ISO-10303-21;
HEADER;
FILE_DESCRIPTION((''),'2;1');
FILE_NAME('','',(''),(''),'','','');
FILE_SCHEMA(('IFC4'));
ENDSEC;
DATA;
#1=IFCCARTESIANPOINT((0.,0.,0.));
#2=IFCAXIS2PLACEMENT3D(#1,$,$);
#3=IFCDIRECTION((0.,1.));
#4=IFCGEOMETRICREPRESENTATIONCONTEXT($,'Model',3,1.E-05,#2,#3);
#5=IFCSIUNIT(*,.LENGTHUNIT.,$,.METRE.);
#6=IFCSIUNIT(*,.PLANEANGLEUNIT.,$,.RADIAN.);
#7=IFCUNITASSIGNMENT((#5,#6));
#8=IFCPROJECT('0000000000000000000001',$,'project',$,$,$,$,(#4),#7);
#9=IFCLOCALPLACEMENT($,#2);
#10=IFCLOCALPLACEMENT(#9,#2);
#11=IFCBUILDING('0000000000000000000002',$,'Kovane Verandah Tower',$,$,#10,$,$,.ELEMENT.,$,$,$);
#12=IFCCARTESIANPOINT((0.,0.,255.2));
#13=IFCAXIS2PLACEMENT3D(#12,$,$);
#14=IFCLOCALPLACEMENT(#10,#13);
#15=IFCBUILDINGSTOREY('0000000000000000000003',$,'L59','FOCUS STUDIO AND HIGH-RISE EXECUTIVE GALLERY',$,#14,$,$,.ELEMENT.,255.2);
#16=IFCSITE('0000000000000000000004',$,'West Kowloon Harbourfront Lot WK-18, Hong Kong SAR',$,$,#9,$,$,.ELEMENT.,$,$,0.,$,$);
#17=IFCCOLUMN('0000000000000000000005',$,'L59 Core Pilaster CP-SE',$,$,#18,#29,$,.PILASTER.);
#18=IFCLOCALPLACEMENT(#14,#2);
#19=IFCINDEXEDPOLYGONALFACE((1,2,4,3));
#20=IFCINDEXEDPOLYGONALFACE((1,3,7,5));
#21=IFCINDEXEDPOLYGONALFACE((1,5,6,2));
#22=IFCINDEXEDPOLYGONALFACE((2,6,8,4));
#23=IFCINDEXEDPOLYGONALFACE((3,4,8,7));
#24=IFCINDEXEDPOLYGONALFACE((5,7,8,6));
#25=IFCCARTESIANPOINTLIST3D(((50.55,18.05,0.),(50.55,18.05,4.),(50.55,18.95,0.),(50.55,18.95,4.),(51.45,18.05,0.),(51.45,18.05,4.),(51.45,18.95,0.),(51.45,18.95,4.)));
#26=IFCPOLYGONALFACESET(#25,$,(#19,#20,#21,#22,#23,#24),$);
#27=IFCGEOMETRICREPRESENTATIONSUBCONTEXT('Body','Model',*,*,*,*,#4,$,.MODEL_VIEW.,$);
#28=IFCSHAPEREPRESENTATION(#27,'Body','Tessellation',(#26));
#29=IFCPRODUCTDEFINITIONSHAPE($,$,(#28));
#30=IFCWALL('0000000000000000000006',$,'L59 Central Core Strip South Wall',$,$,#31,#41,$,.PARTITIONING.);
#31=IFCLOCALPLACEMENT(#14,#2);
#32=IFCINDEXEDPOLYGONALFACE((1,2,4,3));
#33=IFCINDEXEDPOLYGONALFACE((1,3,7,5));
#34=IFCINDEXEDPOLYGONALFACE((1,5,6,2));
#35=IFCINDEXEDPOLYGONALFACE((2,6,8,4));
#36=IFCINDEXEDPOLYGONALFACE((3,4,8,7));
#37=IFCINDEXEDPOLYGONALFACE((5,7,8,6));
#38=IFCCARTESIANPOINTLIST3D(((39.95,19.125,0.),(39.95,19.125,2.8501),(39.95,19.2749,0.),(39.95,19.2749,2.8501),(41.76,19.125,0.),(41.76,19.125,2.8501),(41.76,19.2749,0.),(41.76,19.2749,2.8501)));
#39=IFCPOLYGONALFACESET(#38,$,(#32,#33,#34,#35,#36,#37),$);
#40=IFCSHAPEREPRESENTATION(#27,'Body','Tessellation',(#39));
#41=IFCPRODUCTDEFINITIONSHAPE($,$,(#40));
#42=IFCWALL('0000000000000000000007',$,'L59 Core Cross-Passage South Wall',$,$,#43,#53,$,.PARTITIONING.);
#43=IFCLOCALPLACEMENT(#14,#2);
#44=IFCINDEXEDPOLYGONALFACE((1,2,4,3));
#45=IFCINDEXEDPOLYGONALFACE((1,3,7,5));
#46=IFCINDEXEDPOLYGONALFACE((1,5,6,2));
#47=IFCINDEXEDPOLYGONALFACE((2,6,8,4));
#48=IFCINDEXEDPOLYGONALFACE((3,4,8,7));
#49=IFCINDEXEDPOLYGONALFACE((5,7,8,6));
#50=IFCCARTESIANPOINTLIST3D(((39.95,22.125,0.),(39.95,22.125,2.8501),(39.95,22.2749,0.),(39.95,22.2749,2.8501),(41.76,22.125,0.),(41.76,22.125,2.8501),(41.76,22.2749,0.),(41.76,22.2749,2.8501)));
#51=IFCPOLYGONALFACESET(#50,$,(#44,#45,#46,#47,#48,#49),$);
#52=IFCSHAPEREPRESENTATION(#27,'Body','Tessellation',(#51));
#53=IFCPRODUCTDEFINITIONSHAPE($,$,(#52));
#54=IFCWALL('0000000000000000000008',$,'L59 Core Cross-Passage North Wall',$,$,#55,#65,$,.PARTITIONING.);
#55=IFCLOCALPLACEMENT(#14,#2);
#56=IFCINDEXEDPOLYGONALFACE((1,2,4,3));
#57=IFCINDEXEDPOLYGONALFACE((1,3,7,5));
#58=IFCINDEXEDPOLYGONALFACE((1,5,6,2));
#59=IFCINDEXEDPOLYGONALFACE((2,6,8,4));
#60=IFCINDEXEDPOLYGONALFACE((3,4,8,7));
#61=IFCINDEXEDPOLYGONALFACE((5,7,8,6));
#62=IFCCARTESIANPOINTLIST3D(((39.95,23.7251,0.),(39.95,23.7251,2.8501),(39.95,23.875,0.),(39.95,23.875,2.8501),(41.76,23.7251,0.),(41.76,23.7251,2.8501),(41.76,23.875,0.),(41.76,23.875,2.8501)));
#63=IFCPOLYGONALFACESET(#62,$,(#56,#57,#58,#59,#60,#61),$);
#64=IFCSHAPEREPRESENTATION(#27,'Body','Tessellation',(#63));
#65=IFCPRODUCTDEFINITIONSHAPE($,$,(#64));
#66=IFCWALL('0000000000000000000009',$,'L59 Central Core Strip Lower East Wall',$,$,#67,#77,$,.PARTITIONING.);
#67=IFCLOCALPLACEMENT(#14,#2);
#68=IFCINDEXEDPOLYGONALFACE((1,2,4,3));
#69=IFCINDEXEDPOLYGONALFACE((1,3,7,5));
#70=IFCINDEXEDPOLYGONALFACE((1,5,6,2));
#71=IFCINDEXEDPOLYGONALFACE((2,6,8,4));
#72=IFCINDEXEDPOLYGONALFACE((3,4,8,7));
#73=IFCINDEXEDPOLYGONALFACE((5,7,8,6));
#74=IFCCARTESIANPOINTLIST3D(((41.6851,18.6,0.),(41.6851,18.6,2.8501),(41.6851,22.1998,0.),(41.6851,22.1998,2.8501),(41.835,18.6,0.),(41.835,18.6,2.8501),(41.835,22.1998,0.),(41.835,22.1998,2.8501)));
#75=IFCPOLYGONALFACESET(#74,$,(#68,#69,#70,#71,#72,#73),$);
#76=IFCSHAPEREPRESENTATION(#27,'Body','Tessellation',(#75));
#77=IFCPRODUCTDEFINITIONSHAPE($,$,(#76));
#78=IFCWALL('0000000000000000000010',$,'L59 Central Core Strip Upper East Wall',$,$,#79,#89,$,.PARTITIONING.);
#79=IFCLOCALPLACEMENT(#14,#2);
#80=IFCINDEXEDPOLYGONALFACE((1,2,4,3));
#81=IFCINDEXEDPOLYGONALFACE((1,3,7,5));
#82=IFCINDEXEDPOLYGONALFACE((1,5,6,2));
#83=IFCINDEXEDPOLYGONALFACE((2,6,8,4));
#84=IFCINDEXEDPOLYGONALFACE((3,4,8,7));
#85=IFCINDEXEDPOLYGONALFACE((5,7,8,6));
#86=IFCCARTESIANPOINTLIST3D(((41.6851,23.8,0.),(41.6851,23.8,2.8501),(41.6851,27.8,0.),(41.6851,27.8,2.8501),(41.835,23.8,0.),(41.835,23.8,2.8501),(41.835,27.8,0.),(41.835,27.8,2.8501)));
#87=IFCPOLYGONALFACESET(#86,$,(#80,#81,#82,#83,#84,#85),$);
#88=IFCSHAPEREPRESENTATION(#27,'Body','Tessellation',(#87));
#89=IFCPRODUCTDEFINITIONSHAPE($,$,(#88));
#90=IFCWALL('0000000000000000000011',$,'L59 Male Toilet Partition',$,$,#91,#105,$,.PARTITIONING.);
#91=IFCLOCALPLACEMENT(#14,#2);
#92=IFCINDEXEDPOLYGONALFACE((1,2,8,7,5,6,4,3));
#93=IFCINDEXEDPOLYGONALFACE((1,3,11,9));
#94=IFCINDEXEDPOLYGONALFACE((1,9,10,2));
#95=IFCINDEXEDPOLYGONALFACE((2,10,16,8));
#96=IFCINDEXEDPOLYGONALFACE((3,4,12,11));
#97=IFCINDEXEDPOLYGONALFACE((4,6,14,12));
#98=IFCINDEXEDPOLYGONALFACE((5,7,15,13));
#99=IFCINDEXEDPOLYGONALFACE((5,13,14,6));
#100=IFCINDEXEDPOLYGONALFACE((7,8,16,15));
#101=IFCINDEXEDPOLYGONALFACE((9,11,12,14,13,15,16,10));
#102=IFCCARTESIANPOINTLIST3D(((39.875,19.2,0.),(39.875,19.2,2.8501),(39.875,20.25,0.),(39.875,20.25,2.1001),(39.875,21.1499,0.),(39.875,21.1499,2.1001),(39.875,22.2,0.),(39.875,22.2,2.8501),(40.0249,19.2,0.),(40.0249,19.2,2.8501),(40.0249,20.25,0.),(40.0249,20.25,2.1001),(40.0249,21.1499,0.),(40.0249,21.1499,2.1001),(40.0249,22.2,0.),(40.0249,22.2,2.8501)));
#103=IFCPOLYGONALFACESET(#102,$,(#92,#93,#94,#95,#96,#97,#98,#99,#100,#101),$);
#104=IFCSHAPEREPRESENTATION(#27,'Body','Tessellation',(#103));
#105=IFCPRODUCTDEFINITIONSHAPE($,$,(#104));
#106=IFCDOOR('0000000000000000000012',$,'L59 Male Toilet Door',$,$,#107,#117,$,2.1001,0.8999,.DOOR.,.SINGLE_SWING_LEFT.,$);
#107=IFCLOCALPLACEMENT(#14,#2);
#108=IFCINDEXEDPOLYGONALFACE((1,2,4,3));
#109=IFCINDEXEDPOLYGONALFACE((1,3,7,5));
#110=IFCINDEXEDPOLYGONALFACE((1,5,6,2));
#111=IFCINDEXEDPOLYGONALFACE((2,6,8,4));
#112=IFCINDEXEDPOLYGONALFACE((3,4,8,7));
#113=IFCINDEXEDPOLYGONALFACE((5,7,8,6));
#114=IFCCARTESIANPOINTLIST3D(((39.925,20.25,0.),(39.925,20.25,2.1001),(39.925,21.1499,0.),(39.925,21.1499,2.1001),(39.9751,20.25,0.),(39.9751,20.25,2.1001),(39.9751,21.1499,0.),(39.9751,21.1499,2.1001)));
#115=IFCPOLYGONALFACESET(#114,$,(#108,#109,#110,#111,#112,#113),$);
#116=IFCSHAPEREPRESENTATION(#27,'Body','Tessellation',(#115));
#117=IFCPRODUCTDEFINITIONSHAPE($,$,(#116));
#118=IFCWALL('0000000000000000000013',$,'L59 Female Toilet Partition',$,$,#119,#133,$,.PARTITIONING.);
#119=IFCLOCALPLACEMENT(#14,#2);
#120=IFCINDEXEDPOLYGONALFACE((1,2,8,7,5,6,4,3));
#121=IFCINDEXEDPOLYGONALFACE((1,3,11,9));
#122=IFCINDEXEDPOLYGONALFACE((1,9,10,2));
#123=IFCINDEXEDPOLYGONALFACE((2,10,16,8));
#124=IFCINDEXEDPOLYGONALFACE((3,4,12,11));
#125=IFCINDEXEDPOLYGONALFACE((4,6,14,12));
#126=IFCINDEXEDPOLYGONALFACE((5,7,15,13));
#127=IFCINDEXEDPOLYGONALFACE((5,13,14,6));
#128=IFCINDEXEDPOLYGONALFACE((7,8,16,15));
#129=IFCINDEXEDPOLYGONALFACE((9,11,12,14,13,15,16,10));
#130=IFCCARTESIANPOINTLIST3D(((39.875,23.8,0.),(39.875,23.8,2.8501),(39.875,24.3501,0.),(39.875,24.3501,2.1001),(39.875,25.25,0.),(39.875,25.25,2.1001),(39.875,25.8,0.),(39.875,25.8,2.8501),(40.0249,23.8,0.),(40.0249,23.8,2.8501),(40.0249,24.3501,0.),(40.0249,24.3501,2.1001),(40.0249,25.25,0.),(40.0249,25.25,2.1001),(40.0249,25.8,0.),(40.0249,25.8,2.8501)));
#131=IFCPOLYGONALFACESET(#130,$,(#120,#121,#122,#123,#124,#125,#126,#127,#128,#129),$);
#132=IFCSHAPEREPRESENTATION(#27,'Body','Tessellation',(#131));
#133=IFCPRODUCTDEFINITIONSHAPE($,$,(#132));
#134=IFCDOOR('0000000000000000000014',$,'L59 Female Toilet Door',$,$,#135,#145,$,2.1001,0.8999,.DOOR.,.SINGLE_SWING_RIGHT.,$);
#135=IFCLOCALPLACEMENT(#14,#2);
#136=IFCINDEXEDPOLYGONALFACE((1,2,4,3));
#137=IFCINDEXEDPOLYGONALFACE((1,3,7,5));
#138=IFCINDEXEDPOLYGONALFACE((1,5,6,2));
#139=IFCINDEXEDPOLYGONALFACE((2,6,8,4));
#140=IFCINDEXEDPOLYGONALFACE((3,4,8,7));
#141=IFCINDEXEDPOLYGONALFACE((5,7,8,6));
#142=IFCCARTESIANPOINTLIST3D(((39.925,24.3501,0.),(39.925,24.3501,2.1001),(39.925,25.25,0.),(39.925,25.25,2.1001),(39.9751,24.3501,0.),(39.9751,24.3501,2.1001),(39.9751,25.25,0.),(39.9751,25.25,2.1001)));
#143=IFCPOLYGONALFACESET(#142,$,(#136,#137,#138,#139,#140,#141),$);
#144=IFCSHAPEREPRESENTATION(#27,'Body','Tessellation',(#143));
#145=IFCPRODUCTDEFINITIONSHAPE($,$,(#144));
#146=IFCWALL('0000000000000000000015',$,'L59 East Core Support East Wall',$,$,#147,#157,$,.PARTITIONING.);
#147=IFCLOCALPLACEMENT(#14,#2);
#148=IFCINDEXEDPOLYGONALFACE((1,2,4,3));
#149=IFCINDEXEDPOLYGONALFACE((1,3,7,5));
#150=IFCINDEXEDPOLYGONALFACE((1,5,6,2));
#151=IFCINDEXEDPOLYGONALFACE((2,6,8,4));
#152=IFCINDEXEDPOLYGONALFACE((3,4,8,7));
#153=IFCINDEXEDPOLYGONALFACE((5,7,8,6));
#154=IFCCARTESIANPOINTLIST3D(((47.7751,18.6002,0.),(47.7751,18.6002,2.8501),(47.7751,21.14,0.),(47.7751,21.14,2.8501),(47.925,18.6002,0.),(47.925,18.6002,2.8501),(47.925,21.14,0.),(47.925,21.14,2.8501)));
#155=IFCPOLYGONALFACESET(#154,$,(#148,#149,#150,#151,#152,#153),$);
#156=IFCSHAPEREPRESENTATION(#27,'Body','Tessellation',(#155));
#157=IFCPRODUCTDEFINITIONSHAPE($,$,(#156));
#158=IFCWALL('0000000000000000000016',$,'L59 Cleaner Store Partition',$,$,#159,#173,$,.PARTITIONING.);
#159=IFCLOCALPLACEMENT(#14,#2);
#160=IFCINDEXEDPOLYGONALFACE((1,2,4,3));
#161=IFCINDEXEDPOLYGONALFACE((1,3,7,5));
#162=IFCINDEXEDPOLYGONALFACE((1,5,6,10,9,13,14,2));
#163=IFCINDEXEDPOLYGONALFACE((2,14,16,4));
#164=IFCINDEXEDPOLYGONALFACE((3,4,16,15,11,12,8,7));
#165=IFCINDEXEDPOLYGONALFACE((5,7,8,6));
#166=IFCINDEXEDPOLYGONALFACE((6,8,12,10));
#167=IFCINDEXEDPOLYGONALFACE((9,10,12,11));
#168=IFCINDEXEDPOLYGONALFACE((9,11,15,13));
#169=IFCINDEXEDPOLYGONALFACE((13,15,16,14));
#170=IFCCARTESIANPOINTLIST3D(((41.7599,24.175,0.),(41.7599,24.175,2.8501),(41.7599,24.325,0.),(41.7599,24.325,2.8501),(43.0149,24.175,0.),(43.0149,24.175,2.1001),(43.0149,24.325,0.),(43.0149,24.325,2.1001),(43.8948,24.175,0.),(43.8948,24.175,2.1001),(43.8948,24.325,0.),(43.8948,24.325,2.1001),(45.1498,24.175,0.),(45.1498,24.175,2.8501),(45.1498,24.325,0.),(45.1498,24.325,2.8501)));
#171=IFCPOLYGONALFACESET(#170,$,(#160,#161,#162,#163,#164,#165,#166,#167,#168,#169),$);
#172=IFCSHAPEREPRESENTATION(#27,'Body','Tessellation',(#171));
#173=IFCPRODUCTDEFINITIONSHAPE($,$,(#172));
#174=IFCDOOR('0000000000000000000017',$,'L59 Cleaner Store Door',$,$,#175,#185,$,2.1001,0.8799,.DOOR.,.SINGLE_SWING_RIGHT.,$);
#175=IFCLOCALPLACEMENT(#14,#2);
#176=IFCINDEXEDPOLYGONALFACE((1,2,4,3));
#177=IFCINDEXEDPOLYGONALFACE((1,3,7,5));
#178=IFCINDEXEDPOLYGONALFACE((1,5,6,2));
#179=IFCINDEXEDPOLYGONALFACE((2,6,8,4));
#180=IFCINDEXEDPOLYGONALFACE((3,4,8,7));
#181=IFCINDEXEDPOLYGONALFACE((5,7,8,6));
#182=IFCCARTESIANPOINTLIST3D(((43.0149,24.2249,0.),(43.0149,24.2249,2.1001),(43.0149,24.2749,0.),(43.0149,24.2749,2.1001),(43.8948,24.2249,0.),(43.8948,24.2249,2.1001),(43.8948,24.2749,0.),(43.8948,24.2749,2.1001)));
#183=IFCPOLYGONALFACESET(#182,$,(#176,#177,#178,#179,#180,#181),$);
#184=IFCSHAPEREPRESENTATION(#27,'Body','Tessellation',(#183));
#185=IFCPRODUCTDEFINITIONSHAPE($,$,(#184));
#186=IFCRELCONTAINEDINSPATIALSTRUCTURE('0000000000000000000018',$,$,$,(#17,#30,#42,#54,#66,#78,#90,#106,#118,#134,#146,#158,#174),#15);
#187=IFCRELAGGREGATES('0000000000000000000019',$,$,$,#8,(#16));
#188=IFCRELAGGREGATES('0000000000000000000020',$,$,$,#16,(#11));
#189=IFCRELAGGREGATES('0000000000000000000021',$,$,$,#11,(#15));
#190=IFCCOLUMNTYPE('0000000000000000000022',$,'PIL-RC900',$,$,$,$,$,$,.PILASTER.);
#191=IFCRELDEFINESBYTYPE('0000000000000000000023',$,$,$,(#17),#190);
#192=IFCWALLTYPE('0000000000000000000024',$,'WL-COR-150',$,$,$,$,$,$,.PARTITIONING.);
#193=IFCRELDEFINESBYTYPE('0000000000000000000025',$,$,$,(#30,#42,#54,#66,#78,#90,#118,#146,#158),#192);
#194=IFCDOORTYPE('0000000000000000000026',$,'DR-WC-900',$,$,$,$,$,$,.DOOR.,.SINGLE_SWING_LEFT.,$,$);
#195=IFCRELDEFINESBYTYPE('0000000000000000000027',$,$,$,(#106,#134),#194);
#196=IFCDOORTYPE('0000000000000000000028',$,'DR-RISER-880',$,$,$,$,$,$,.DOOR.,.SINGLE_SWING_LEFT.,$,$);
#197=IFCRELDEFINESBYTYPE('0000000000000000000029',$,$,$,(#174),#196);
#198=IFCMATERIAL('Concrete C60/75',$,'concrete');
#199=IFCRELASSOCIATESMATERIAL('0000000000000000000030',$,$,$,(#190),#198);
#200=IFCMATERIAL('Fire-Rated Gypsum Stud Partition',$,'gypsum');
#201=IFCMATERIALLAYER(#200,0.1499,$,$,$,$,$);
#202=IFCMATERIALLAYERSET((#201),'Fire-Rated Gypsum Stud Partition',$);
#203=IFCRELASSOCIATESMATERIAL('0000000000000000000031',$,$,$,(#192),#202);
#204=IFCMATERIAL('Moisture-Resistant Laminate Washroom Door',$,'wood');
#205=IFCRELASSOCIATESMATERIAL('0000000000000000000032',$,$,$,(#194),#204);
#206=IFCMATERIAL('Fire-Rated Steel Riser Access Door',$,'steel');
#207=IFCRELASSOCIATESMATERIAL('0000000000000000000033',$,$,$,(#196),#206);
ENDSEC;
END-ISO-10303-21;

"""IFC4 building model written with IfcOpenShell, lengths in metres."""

from ifc_helpers import new_model, si_unit, direction, frame, frame_2d, origin, origin_2d, place, context, subcontext, project, spatial, rectangle, extrude, material, layer, layer_set, material_profile, profile_set, type_object, element, fill, save


model = new_model("IFC4")

# Units and contexts
model_context = context("Model", 3, precision=1e-05, world=origin(), true_north=direction((0.0, 1.0)))
body_context = subcontext(model_context, "Body", "Model", "MODEL_VIEW")
ifc_project = project(units=[si_unit("LENGTHUNIT", "METRE"), si_unit("PLANEANGLEUNIT", "RADIAN")], contexts=[model_context])

# Site, building, storey
site_placement = place(None, origin())
site = spatial("IfcSite", under=ifc_project, at=site_placement, Name="West Kowloon Harbourfront Lot WK-18, Hong Kong SAR", CompositionType="ELEMENT", RefElevation=0.0)
building_placement = place(site_placement, origin())
building = spatial("IfcBuilding", under=site, at=building_placement, Name="Kovane Verandah Tower", CompositionType="ELEMENT")
storey_placement = place(building_placement, frame((0.0, 0.0, 255.2)))
storey = spatial("IfcBuildingStorey", under=building, at=storey_placement, Name="L59", Description="FOCUS STUDIO AND HIGH-RISE EXECUTIVE GALLERY", CompositionType="ELEMENT", Elevation=255.2)

# Column
ifc_material_1 = material(Name="Concrete C60/75", Category="concrete")
ifc_material_profile = material_profile(ifc_material_1, rectangle(XDim=0.8999, YDim=0.8999, at=origin_2d()), Name="RC900x900")
ifc_profile_set = profile_set([ifc_material_profile], Name="Concrete C60/75")
column_type = type_object("IfcColumnType", Name="PIL-RC900", PredefinedType="PILASTER", material=ifc_profile_set)
column_placement = place(storey_placement, frame((51.0, 18.5, 0.0), z_axis=(0.0, 0.0, 1.0), x_axis=(1.0, 0.0, 0.0)))
element("IfcColumn", 1, at=column_placement, inside=storey, type_object=column_type, Name="L59 Core Pilaster CP-SE", PredefinedType="PILASTER", context=body_context, shape_type="SweptSolid", body=[
    extrude(rectangle(XDim=0.8999, YDim=0.8999, at=origin_2d()), origin(), (0.0, 0.0, 1.0), 4.0),
])

# Walls
ifc_material_2 = material(Name="Fire-Rated Gypsum Stud Partition", Category="gypsum")
ifc_layer_1 = layer(ifc_material_2, 0.1499)
ifc_layer_set_1 = layer_set([ifc_layer_1], Name="Fire-Rated Gypsum Stud Partition")
wall_type_1 = type_object("IfcWallType", Name="WL-COR-150", PredefinedType="PARTITIONING", material=ifc_layer_set_1)
for number, where, z_axis, x_axis, name in (
    (2, (39.95, 19.2, 0.0), (0.0, 0.0, 1.0), (1.0, 0.0, 0.0), "L59 Central Core Strip South Wall"),
    (3, (39.95, 22.2, 0.0), (0.0, 0.0, 1.0), (1.0, 0.0, 0.0), "L59 Core Cross-Passage South Wall"),
    (4, (39.95, 23.8, 0.0), (0.0, 0.0, 1.0), (1.0, 0.0, 0.0), "L59 Core Cross-Passage North Wall"),
):
    element("IfcWall", number, at=place(storey_placement, frame(where, z_axis=z_axis, x_axis=x_axis)), inside=storey, type_object=wall_type_1, Name=name, PredefinedType="PARTITIONING", context=body_context, shape_type="SweptSolid", body=[
        extrude(rectangle(XDim=1.8101, YDim=0.1499, at=frame_2d((0.905, 0.0))), origin(), (0.0, 0.0, 1.0), 2.8501),
    ])
wall_1_placement = place(storey_placement, frame((41.76, 18.6001, 0.0), z_axis=(0.0, 0.0, 1.0), x_axis=(0.0, 1.0, 0.0)))
element("IfcWall", 5, at=wall_1_placement, inside=storey, type_object=wall_type_1, Name="L59 Central Core Strip Lower East Wall", PredefinedType="PARTITIONING", context=body_context, shape_type="SweptSolid", body=[
    extrude(rectangle(XDim=3.5999, YDim=0.1499, at=frame_2d((1.7998, 0.0))), origin(), (0.0, 0.0, 1.0), 2.8501),
])
wall_2_placement = place(storey_placement, frame((41.76, 23.8, 0.0), z_axis=(0.0, 0.0, 1.0), x_axis=(0.0, 1.0, 0.0)))
element("IfcWall", 6, at=wall_2_placement, inside=storey, type_object=wall_type_1, Name="L59 Central Core Strip Upper East Wall", PredefinedType="PARTITIONING", context=body_context, shape_type="SweptSolid", body=[
    extrude(rectangle(XDim=4.0, YDim=0.1499, at=frame_2d((2.0, 0.0))), origin(), (0.0, 0.0, 1.0), 2.8501),
])

# Walls, openings, doors
wall_3_placement = place(storey_placement, frame((39.95, 19.2, 0.0), z_axis=(0.0, 0.0, 1.0), x_axis=(0.0, 1.0, 0.0)))
wall_3 = element("IfcWall", 7, at=wall_3_placement, inside=storey, type_object=wall_type_1, Name="L59 Male Toilet Partition", PredefinedType="PARTITIONING", context=body_context, shape_type="SweptSolid", body=[
    extrude(rectangle(XDim=3.0, YDim=0.1499, at=frame_2d((1.5, 0.0))), origin(), (0.0, 0.0, 1.0), 2.8501),
])
opening_1_placement = place(wall_3_placement, frame((1.05, 0.0, 0.0)))
opening_1 = element("IfcOpeningElement", 8, at=opening_1_placement, cuts=wall_3, PredefinedType="OPENING", context=body_context, shape_type="SweptSolid", body=[
    extrude(rectangle(XDim=0.8999, YDim=2.1001, at=frame_2d((0.45, 1.05))), frame((0.0, 0.075, 0.0), z_axis=(0.0, -1.0, 0.0), x_axis=(1.0, 0.0, 0.0)), (0.0, 0.0, 1.0), 0.1499),
])
ifc_material_3 = material(Name="Moisture-Resistant Laminate Washroom Door", Category="wood")
door_type_1 = type_object("IfcDoorType", Name="DR-WC-900", OperationType="SINGLE_SWING_LEFT", PredefinedType="DOOR", material=ifc_material_3)
door_1_placement = place(opening_1_placement, origin())
door_1 = element("IfcDoor", 9, at=door_1_placement, inside=storey, type_object=door_type_1, Name="L59 Male Toilet Door", OperationType="SINGLE_SWING_LEFT", OverallHeight=2.1001, OverallWidth=0.8999, PredefinedType="DOOR", context=body_context, shape_type="SweptSolid", body=[
    extrude(rectangle(XDim=0.8999, YDim=2.1001, at=frame_2d((0.45, 1.05))), frame((0.0, 0.0249, 0.0), z_axis=(0.0, -1.0, 0.0), x_axis=(1.0, 0.0, 0.0)), (0.0, 0.0, 1.0), 0.05),
])
fill(opening_1, door_1)
wall_4_placement = place(storey_placement, frame((39.95, 23.8, 0.0), z_axis=(0.0, 0.0, 1.0), x_axis=(0.0, 1.0, 0.0)))
wall_4 = element("IfcWall", 10, at=wall_4_placement, inside=storey, type_object=wall_type_1, Name="L59 Female Toilet Partition", PredefinedType="PARTITIONING", context=body_context, shape_type="SweptSolid", body=[
    extrude(rectangle(XDim=2.0, YDim=0.1499, at=frame_2d((1.0, 0.0))), origin(), (0.0, 0.0, 1.0), 2.8501),
])
opening_2_placement = place(wall_4_placement, frame((0.55, 0.0, 0.0)))
opening_2 = element("IfcOpeningElement", 11, at=opening_2_placement, cuts=wall_4, PredefinedType="OPENING", context=body_context, shape_type="SweptSolid", body=[
    extrude(rectangle(XDim=0.8999, YDim=2.1001, at=frame_2d((0.45, 1.05))), frame((0.0, 0.075, 0.0), z_axis=(0.0, -1.0, 0.0), x_axis=(1.0, 0.0, 0.0)), (0.0, 0.0, 1.0), 0.1499),
])
door_2_placement = place(opening_2_placement, origin())
door_2 = element("IfcDoor", 12, at=door_2_placement, inside=storey, type_object=door_type_1, Name="L59 Female Toilet Door", OperationType="SINGLE_SWING_RIGHT", OverallHeight=2.1001, OverallWidth=0.8999, PredefinedType="DOOR", context=body_context, shape_type="SweptSolid", body=[
    extrude(rectangle(XDim=0.8999, YDim=2.1001, at=frame_2d((0.45, 1.05))), frame((0.0, 0.0249, 0.0), z_axis=(0.0, -1.0, 0.0), x_axis=(1.0, 0.0, 0.0)), (0.0, 0.0, 1.0), 0.05),
])
fill(opening_2, door_2)

# Wall
wall_5_placement = place(storey_placement, frame((47.8501, 18.6001, 0.0), z_axis=(0.0, 0.0, 1.0), x_axis=(0.0, 1.0, 0.0)))
element("IfcWall", 13, at=wall_5_placement, inside=storey, type_object=wall_type_1, Name="L59 East Core Support East Wall", PredefinedType="PARTITIONING", context=body_context, shape_type="SweptSolid", body=[
    extrude(rectangle(XDim=2.5398, YDim=0.1499, at=frame_2d((1.27, 0.0))), origin(), (0.0, 0.0, 1.0), 2.8501),
])

# Wall, opening, door
wall_6_placement = place(storey_placement, frame((41.76, 24.25, 0.0), z_axis=(0.0, 0.0, 1.0), x_axis=(1.0, 0.0, 0.0)))
wall_6 = element("IfcWall", 14, at=wall_6_placement, inside=storey, type_object=wall_type_1, Name="L59 Cleaner Store Partition", PredefinedType="PARTITIONING", context=body_context, shape_type="SweptSolid", body=[
    extrude(rectangle(XDim=3.3899, YDim=0.1499, at=frame_2d((1.6948, 0.0))), origin(), (0.0, 0.0, 1.0), 2.8501),
])
opening_3_placement = place(wall_6_placement, frame((1.2549, 0.0, 0.0)))
opening_3 = element("IfcOpeningElement", 15, at=opening_3_placement, cuts=wall_6, PredefinedType="OPENING", context=body_context, shape_type="SweptSolid", body=[
    extrude(rectangle(XDim=0.8799, YDim=2.1001, at=frame_2d((0.4399, 1.05))), frame((0.0, 0.075, 0.0), z_axis=(0.0, -1.0, 0.0), x_axis=(1.0, 0.0, 0.0)), (0.0, 0.0, 1.0), 0.1499),
])
ifc_material_4 = material(Name="Fire-Rated Steel Riser Access Door", Category="steel")
door_type_2 = type_object("IfcDoorType", Name="DR-RISER-880", OperationType="SINGLE_SWING_LEFT", PredefinedType="DOOR", material=ifc_material_4)
door_3_placement = place(opening_3_placement, origin())
door_3 = element("IfcDoor", 16, at=door_3_placement, inside=storey, type_object=door_type_2, Name="L59 Cleaner Store Door", OperationType="SINGLE_SWING_RIGHT", OverallHeight=2.1001, OverallWidth=0.8799, PredefinedType="DOOR", context=body_context, shape_type="SweptSolid", body=[
    extrude(rectangle(XDim=0.8799, YDim=2.1001, at=frame_2d((0.4399, 1.05))), frame((0.0, 0.0249, 0.0), z_axis=(0.0, -1.0, 0.0), x_axis=(1.0, 0.0, 0.0)), (0.0, 0.0, 1.0), 0.05),
])
fill(opening_3, door_3)

save(model, "model.ifc")
